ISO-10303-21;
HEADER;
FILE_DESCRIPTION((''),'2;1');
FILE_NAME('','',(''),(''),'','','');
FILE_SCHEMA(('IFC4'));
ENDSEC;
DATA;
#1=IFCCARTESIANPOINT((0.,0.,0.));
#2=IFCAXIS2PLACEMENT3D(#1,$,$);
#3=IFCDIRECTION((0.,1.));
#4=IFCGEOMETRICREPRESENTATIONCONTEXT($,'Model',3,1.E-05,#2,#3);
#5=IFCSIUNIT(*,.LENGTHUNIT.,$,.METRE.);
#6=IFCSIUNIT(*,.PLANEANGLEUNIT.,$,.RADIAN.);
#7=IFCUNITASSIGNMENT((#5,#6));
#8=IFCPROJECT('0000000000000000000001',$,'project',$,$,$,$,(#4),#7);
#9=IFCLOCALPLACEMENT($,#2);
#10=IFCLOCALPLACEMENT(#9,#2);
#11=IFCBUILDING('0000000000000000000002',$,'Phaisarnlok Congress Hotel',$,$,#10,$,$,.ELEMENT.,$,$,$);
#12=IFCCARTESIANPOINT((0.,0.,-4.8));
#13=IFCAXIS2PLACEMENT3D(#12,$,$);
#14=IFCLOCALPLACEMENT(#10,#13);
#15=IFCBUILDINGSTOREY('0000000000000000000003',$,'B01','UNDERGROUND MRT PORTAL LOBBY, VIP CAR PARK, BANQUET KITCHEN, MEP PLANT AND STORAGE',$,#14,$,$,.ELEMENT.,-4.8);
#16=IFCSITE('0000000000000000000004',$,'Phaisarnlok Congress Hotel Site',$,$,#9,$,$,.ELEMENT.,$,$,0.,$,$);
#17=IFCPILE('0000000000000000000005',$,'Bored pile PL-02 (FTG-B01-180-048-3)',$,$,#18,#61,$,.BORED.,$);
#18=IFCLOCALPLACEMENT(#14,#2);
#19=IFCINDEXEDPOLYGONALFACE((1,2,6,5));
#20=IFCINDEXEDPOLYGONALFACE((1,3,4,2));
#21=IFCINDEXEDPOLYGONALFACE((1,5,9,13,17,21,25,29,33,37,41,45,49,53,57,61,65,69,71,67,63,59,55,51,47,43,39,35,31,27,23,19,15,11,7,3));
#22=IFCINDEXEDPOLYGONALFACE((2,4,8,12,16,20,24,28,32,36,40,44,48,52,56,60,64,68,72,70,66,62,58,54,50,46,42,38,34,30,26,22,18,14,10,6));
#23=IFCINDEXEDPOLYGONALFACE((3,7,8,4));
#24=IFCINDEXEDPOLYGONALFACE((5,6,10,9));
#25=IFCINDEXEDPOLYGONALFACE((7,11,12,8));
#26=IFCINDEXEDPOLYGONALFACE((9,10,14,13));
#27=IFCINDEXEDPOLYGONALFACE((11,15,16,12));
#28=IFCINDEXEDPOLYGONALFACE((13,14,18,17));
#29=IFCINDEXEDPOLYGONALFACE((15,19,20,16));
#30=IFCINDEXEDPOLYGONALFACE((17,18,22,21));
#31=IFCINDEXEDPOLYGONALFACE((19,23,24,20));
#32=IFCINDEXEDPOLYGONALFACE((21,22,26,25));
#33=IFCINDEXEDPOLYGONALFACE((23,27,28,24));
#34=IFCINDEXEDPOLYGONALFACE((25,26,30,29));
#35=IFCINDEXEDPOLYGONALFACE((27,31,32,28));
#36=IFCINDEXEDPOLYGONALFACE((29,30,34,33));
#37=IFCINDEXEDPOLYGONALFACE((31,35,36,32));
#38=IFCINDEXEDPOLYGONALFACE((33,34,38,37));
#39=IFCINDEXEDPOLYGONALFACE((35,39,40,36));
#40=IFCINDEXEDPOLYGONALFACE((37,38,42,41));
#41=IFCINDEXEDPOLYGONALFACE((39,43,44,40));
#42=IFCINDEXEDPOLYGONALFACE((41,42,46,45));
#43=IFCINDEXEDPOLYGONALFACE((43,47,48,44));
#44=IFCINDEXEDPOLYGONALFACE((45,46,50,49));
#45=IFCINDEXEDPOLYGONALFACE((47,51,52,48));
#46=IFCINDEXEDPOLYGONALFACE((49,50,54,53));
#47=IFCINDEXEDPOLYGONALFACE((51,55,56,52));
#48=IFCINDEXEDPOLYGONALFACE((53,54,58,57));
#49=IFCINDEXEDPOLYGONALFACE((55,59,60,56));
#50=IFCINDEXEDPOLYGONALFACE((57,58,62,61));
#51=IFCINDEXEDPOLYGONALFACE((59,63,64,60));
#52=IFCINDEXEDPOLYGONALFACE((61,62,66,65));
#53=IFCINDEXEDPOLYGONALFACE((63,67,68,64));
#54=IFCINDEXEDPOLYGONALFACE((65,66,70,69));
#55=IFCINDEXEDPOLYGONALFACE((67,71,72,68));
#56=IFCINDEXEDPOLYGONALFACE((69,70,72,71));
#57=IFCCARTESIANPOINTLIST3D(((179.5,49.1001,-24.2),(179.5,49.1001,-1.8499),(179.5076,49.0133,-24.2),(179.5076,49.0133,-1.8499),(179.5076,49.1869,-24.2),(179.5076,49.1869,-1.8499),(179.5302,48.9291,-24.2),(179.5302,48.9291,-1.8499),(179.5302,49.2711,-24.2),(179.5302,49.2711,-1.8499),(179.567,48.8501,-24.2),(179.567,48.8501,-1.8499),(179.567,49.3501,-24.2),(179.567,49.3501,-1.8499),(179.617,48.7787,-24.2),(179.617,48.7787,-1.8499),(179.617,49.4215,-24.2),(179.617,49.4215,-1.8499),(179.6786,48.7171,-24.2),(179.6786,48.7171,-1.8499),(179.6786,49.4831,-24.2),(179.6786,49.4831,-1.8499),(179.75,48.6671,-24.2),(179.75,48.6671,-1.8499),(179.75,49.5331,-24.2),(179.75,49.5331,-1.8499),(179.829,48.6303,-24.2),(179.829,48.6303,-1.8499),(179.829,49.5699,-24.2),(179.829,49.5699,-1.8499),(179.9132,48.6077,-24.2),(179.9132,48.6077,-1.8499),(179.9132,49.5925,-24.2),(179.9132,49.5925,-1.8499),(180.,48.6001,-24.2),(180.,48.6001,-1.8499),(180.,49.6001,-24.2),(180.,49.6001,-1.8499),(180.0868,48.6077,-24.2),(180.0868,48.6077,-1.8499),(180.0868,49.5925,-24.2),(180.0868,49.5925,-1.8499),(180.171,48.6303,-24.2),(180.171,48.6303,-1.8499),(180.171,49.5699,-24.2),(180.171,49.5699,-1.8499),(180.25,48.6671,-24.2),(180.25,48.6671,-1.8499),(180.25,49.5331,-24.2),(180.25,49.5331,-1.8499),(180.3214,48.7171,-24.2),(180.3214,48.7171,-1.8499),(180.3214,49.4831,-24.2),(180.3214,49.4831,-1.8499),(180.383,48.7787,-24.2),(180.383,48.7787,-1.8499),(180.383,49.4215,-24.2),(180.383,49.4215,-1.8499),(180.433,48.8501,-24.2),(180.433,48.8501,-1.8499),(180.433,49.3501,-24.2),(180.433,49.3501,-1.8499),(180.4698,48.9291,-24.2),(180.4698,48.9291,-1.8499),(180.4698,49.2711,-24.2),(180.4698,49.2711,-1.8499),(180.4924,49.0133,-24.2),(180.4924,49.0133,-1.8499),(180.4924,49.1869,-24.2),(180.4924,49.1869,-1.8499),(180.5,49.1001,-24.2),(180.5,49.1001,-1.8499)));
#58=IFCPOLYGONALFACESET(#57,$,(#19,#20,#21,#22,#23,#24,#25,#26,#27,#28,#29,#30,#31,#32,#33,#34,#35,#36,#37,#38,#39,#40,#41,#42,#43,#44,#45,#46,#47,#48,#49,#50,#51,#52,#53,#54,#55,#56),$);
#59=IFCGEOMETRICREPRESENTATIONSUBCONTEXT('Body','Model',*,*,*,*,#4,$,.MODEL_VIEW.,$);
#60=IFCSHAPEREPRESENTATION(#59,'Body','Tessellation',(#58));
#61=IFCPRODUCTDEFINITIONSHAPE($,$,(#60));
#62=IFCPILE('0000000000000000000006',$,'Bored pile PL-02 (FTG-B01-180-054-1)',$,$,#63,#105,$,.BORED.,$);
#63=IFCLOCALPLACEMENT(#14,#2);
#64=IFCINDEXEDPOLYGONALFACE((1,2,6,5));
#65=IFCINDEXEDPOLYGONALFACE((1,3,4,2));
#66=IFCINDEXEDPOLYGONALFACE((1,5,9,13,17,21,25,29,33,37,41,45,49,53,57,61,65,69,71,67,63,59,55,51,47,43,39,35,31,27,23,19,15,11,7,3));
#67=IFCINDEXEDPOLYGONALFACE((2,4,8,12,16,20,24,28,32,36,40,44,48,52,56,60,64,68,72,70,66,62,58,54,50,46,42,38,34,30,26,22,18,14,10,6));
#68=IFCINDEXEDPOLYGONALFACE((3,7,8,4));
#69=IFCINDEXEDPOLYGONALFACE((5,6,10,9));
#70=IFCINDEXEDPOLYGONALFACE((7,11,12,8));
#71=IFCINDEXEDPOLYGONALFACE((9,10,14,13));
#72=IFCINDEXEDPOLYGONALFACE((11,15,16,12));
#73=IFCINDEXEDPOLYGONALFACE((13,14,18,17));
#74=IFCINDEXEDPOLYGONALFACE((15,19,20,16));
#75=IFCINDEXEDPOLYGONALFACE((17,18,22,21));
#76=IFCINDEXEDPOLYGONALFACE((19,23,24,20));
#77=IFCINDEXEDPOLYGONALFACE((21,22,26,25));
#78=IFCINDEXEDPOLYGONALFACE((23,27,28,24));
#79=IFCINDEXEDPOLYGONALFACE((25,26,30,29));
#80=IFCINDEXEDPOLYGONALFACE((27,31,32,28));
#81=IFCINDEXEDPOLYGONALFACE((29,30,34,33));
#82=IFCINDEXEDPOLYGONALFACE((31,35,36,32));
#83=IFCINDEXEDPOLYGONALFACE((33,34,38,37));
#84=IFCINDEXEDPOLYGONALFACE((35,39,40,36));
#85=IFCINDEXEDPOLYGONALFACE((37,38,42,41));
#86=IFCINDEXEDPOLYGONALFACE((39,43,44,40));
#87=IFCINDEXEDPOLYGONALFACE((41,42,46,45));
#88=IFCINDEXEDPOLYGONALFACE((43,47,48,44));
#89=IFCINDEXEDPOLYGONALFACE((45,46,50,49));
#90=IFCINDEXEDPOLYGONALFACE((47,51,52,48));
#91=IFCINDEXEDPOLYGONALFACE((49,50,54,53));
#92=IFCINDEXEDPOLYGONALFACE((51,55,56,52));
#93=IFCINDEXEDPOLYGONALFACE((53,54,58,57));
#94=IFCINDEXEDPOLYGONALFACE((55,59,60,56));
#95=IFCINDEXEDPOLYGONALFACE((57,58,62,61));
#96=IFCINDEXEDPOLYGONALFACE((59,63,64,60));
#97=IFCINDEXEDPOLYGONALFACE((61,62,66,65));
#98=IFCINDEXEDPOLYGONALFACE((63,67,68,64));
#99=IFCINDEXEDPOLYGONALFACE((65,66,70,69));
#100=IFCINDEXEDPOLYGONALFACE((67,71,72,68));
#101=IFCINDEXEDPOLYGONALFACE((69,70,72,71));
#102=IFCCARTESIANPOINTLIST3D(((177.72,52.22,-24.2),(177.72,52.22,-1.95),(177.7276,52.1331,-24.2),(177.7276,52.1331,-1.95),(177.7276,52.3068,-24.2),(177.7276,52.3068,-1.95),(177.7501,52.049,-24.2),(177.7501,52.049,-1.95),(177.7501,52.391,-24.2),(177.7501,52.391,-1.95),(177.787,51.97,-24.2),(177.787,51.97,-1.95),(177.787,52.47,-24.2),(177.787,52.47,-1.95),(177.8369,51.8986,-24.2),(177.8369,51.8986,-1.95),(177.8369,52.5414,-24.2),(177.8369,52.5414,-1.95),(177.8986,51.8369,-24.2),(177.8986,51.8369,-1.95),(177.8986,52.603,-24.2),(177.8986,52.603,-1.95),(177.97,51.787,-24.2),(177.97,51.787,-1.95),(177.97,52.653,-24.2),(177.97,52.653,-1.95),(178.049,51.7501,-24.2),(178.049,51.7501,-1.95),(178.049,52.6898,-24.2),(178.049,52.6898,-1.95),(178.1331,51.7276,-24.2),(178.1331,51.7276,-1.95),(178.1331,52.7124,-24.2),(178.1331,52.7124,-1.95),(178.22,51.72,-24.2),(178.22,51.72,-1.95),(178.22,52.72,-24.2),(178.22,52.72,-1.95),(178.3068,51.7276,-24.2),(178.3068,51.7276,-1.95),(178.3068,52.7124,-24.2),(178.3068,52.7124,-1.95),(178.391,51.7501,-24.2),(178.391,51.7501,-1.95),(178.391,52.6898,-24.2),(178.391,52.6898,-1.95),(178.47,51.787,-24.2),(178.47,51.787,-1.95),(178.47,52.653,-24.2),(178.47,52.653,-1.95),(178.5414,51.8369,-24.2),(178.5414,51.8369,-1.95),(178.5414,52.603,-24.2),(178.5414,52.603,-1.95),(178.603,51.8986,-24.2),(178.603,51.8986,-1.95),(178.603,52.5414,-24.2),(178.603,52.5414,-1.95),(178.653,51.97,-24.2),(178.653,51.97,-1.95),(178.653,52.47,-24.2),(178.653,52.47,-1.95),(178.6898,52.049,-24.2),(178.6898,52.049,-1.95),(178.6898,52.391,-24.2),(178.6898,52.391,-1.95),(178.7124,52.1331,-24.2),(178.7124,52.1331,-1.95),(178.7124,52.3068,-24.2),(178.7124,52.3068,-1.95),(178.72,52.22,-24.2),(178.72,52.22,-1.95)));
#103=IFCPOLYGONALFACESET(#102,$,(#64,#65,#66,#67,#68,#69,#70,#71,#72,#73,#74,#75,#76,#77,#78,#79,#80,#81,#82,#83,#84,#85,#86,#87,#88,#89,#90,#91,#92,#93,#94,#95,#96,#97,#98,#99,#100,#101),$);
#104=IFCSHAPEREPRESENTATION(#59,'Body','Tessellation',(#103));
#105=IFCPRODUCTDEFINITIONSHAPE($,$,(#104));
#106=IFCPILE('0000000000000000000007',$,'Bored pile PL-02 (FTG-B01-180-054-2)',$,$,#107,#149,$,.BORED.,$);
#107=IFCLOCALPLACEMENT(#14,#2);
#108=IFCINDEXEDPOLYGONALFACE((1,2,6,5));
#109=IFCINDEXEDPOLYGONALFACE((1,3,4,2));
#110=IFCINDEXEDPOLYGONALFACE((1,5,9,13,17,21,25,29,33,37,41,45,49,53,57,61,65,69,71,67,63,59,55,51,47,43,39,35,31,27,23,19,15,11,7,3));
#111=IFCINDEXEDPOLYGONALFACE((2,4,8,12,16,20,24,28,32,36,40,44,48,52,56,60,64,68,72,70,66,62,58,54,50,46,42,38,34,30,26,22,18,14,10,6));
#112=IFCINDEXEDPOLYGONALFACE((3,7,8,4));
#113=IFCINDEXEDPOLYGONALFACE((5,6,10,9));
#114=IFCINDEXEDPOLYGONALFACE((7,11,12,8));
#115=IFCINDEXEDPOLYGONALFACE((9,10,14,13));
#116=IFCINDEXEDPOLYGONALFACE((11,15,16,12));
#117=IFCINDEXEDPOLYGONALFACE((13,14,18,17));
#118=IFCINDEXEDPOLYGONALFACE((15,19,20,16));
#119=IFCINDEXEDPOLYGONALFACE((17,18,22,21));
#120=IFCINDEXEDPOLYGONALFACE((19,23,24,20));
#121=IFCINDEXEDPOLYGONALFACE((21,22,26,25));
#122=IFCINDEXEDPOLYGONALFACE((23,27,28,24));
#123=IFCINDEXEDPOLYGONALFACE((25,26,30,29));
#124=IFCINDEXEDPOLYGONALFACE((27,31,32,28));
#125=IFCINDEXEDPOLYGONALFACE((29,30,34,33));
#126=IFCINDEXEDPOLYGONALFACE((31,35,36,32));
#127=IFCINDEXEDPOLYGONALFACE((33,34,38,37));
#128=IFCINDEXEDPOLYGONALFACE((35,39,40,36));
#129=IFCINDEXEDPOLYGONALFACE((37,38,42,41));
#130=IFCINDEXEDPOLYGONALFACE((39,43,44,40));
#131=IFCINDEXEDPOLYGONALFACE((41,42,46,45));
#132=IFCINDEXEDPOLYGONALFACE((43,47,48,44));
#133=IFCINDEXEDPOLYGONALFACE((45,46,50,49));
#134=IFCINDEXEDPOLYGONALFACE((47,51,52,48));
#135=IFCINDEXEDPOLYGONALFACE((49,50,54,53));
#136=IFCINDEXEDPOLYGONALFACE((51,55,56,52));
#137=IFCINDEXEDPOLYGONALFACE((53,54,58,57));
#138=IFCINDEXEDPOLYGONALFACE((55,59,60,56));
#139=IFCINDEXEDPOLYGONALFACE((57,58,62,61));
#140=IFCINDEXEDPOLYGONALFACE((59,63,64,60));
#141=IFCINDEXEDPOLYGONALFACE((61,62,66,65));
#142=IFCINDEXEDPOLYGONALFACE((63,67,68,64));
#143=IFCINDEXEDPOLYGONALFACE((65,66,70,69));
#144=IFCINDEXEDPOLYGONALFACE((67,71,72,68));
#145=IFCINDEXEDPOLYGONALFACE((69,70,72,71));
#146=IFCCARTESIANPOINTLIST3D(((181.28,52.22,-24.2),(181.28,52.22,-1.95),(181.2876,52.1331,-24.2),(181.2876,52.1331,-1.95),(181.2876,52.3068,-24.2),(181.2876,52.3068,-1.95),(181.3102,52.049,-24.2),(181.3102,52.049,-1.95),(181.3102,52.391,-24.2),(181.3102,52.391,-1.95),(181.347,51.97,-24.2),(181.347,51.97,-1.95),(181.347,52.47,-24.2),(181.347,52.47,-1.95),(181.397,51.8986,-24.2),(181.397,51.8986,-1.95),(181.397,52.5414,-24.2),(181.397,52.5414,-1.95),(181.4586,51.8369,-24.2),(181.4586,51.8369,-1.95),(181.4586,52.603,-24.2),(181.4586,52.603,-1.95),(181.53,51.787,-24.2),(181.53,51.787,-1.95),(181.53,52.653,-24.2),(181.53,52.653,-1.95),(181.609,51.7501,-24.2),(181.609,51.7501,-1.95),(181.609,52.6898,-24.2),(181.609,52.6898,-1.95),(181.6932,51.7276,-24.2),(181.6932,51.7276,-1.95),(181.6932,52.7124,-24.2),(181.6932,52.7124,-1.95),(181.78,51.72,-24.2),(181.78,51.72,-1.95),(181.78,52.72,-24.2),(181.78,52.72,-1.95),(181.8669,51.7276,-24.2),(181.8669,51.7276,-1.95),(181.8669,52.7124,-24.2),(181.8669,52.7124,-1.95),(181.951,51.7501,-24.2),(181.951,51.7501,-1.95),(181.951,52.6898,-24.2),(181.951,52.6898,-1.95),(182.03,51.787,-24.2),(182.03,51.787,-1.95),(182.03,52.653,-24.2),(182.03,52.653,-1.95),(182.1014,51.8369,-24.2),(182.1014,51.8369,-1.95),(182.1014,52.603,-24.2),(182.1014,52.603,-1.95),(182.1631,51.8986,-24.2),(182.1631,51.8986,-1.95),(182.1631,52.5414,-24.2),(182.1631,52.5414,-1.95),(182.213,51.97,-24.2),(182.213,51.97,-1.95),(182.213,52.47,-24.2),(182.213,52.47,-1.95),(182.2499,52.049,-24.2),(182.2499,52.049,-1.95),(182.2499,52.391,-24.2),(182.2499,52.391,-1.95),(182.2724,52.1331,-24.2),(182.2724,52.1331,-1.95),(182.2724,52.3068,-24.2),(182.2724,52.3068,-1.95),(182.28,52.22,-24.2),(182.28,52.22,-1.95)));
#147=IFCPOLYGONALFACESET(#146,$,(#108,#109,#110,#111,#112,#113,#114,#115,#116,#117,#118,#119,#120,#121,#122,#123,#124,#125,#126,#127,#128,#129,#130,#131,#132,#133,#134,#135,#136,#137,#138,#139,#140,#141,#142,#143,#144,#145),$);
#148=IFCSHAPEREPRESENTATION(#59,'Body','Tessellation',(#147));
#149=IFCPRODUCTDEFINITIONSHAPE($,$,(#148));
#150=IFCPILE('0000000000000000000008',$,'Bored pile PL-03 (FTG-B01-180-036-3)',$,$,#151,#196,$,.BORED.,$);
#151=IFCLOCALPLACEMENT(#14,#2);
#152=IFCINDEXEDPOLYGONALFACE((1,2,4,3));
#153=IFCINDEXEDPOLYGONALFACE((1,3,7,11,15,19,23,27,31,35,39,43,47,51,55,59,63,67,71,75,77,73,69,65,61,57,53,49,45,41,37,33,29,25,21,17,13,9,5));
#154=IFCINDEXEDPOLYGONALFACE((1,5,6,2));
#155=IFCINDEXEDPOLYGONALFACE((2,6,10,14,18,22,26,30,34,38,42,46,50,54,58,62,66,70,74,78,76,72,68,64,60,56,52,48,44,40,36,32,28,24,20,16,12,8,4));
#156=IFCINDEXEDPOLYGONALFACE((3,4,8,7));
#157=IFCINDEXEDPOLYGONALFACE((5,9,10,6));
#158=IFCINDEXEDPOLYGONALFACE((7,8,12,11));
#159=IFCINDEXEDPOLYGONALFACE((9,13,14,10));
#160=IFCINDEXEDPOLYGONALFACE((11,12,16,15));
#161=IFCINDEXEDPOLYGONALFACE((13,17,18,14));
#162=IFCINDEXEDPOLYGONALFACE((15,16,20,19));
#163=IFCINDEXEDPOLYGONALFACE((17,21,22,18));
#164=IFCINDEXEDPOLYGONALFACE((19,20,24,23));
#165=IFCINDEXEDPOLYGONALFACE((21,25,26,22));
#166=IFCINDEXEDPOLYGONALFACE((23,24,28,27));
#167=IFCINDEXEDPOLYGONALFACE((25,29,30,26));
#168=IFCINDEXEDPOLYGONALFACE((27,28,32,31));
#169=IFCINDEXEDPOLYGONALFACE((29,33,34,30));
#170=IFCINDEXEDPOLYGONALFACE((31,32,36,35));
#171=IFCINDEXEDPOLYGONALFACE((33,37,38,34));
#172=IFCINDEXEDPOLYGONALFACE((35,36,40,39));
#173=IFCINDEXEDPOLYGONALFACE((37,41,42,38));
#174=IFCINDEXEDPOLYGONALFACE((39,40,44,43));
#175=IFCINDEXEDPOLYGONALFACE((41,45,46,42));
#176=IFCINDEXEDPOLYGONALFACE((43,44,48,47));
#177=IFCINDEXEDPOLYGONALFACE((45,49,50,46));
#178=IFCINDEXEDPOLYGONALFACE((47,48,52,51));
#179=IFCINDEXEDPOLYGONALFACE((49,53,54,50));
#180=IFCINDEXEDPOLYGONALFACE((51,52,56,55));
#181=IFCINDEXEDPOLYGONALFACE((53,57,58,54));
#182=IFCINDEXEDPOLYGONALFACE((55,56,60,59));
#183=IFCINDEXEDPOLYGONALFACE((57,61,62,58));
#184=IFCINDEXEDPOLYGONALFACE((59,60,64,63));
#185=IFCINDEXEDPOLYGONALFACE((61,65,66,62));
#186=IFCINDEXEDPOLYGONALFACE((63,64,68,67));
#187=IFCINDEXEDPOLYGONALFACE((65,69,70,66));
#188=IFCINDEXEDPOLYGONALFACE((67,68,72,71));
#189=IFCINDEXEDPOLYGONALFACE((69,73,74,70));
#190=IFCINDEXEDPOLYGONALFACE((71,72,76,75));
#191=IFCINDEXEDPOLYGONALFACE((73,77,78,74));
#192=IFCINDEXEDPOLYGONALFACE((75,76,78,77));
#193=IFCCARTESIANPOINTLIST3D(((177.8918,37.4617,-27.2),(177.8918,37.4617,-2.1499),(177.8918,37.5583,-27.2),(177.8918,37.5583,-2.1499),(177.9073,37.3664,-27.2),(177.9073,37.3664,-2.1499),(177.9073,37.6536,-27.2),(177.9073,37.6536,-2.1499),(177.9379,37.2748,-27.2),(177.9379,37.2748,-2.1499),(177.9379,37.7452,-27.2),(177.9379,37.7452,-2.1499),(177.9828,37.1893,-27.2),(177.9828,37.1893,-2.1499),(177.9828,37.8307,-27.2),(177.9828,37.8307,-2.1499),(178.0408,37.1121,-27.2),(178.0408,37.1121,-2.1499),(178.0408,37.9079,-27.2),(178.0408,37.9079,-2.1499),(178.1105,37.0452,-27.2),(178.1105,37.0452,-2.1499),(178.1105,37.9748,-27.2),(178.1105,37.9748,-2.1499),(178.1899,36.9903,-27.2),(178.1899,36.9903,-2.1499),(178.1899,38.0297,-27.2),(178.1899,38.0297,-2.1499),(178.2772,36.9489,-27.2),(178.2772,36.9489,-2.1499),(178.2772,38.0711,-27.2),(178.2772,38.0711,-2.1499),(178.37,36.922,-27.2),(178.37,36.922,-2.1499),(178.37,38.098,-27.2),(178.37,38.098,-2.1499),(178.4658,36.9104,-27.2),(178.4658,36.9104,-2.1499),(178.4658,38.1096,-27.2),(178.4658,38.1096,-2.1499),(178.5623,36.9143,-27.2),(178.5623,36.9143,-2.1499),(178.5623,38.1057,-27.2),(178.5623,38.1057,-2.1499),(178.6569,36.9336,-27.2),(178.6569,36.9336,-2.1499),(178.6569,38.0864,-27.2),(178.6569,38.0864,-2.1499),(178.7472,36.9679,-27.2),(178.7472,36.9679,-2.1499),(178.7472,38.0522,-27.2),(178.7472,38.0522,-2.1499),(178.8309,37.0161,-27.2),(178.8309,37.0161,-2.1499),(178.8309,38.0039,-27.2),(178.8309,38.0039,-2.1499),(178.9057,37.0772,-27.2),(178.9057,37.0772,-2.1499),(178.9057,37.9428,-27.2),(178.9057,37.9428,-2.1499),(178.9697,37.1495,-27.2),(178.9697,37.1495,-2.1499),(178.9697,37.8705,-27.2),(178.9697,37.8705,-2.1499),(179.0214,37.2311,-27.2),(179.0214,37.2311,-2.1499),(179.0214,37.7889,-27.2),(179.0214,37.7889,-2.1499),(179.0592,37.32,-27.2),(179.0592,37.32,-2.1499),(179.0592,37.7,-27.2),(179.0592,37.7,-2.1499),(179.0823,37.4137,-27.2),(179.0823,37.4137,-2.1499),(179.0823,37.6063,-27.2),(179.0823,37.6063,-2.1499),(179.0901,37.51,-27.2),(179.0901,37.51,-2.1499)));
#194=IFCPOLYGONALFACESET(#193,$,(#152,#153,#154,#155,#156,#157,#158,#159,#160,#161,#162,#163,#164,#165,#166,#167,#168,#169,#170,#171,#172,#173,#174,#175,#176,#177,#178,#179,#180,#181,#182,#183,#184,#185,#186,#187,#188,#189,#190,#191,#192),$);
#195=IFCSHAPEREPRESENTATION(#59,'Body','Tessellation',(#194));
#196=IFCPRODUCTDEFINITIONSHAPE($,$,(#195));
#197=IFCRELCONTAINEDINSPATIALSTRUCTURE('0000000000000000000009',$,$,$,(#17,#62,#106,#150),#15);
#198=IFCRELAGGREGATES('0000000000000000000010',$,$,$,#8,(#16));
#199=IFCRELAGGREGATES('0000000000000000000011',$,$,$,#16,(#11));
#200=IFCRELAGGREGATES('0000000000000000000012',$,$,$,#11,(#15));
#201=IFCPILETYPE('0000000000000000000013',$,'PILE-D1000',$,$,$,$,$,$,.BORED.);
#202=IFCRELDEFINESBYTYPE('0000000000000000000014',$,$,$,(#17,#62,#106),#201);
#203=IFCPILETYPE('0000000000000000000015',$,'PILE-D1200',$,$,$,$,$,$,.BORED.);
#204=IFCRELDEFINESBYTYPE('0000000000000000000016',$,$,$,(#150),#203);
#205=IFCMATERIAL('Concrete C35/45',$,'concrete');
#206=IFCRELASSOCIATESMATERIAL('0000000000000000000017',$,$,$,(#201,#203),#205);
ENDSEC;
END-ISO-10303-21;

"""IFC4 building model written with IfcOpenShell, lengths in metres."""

from ifc_helpers import new_model, si_unit, direction, frame, origin, origin_2d, place, context, subcontext, project, spatial, circle, extrude, material, material_profile, profile_set, type_object, element, save


model = new_model("IFC4")

# Units and contexts
model_context = context("Model", 3, precision=1e-05, world=origin(), true_north=direction((0.0, 1.0)))
body_context = subcontext(model_context, "Body", "Model", "MODEL_VIEW")
ifc_project = project(units=[si_unit("LENGTHUNIT", "METRE"), si_unit("PLANEANGLEUNIT", "RADIAN")], contexts=[model_context])

# Site, building, storey
site_placement = place(None, origin())
site = spatial("IfcSite", under=ifc_project, at=site_placement, Name="Phaisarnlok Congress Hotel Site", CompositionType="ELEMENT", RefElevation=0.0)
building_placement = place(site_placement, origin())
building = spatial("IfcBuilding", under=site, at=building_placement, Name="Phaisarnlok Congress Hotel", CompositionType="ELEMENT")
storey_placement = place(building_placement, frame((0.0, 0.0, -4.8)))
storey = spatial("IfcBuildingStorey", under=building, at=storey_placement, Name="B01", Description="UNDERGROUND MRT PORTAL LOBBY, VIP CAR PARK, BANQUET KITCHEN, MEP PLANT AND STORAGE", CompositionType="ELEMENT", Elevation=-4.8)

# Piles
ifc_material_1 = material(Name="Concrete C35/45", Category="concrete")
ifc_material_profile_1 = material_profile(ifc_material_1, circle(Radius=0.5, at=origin_2d()), Name="BORED PILE D1000")
ifc_profile_set_1 = profile_set([ifc_material_profile_1], Name="Concrete C35/45")
pile_type_1 = type_object("IfcPileType", Name="PILE-D1000", PredefinedType="BORED", material=ifc_profile_set_1)
for number, where, z_axis, x_axis, name in (
    (1, (180.0, 49.1001, -1.8499), (0.0, 0.0, -1.0), (1.0, 0.0, 0.0), "Bored pile PL-02 (FTG-B01-180-048-3)"),
):
    element("IfcPile", number, at=place(storey_placement, frame(where, z_axis=z_axis, x_axis=x_axis)), inside=storey, type_object=pile_type_1, Name=name, PredefinedType="BORED", context=body_context, shape_type="SweptSolid", body=[
        extrude(circle(Radius=0.5, at=origin_2d()), origin(), (0.0, 0.0, 1.0), 22.3501),
    ])
for number, where, z_axis, x_axis, name in (
    (2, (178.22, 52.22, -1.95), (0.0, 0.0, -1.0), (1.0, 0.0, 0.0), "Bored pile PL-02 (FTG-B01-180-054-1)"),
    (3, (181.78, 52.22, -1.95), (0.0, 0.0, -1.0), (1.0, 0.0, 0.0), "Bored pile PL-02 (FTG-B01-180-054-2)"),
):
    element("IfcPile", number, at=place(storey_placement, frame(where, z_axis=z_axis, x_axis=x_axis)), inside=storey, type_object=pile_type_1, Name=name, PredefinedType="BORED", context=body_context, shape_type="SweptSolid", body=[
        extrude(circle(Radius=0.5, at=origin_2d()), origin(), (0.0, 0.0, 1.0), 22.25),
    ])
ifc_material_profile_2 = material_profile(ifc_material_1, circle(Radius=0.6001, at=origin_2d()), Name="BORED PILE D1200")
ifc_profile_set_2 = profile_set([ifc_material_profile_2], Name="Concrete C35/45")
pile_type_2 = type_object("IfcPileType", Name="PILE-D1200", PredefinedType="BORED", material=ifc_profile_set_2)
for number, where, z_axis, x_axis, name in (
    (4, (178.49, 37.51, -2.1499), (0.0, 0.0, -1.0), (1.0, 0.0, 0.0), "Bored pile PL-03 (FTG-B01-180-036-3)"),
):
    element("IfcPile", number, at=place(storey_placement, frame(where, z_axis=z_axis, x_axis=x_axis)), inside=storey, type_object=pile_type_2, Name=name, PredefinedType="BORED", context=body_context, shape_type="SweptSolid", body=[
        extrude(circle(Radius=0.6001, at=origin_2d()), origin(), (0.0, 0.0, 1.0), 25.05),
    ])

save(model, "model.ifc")
